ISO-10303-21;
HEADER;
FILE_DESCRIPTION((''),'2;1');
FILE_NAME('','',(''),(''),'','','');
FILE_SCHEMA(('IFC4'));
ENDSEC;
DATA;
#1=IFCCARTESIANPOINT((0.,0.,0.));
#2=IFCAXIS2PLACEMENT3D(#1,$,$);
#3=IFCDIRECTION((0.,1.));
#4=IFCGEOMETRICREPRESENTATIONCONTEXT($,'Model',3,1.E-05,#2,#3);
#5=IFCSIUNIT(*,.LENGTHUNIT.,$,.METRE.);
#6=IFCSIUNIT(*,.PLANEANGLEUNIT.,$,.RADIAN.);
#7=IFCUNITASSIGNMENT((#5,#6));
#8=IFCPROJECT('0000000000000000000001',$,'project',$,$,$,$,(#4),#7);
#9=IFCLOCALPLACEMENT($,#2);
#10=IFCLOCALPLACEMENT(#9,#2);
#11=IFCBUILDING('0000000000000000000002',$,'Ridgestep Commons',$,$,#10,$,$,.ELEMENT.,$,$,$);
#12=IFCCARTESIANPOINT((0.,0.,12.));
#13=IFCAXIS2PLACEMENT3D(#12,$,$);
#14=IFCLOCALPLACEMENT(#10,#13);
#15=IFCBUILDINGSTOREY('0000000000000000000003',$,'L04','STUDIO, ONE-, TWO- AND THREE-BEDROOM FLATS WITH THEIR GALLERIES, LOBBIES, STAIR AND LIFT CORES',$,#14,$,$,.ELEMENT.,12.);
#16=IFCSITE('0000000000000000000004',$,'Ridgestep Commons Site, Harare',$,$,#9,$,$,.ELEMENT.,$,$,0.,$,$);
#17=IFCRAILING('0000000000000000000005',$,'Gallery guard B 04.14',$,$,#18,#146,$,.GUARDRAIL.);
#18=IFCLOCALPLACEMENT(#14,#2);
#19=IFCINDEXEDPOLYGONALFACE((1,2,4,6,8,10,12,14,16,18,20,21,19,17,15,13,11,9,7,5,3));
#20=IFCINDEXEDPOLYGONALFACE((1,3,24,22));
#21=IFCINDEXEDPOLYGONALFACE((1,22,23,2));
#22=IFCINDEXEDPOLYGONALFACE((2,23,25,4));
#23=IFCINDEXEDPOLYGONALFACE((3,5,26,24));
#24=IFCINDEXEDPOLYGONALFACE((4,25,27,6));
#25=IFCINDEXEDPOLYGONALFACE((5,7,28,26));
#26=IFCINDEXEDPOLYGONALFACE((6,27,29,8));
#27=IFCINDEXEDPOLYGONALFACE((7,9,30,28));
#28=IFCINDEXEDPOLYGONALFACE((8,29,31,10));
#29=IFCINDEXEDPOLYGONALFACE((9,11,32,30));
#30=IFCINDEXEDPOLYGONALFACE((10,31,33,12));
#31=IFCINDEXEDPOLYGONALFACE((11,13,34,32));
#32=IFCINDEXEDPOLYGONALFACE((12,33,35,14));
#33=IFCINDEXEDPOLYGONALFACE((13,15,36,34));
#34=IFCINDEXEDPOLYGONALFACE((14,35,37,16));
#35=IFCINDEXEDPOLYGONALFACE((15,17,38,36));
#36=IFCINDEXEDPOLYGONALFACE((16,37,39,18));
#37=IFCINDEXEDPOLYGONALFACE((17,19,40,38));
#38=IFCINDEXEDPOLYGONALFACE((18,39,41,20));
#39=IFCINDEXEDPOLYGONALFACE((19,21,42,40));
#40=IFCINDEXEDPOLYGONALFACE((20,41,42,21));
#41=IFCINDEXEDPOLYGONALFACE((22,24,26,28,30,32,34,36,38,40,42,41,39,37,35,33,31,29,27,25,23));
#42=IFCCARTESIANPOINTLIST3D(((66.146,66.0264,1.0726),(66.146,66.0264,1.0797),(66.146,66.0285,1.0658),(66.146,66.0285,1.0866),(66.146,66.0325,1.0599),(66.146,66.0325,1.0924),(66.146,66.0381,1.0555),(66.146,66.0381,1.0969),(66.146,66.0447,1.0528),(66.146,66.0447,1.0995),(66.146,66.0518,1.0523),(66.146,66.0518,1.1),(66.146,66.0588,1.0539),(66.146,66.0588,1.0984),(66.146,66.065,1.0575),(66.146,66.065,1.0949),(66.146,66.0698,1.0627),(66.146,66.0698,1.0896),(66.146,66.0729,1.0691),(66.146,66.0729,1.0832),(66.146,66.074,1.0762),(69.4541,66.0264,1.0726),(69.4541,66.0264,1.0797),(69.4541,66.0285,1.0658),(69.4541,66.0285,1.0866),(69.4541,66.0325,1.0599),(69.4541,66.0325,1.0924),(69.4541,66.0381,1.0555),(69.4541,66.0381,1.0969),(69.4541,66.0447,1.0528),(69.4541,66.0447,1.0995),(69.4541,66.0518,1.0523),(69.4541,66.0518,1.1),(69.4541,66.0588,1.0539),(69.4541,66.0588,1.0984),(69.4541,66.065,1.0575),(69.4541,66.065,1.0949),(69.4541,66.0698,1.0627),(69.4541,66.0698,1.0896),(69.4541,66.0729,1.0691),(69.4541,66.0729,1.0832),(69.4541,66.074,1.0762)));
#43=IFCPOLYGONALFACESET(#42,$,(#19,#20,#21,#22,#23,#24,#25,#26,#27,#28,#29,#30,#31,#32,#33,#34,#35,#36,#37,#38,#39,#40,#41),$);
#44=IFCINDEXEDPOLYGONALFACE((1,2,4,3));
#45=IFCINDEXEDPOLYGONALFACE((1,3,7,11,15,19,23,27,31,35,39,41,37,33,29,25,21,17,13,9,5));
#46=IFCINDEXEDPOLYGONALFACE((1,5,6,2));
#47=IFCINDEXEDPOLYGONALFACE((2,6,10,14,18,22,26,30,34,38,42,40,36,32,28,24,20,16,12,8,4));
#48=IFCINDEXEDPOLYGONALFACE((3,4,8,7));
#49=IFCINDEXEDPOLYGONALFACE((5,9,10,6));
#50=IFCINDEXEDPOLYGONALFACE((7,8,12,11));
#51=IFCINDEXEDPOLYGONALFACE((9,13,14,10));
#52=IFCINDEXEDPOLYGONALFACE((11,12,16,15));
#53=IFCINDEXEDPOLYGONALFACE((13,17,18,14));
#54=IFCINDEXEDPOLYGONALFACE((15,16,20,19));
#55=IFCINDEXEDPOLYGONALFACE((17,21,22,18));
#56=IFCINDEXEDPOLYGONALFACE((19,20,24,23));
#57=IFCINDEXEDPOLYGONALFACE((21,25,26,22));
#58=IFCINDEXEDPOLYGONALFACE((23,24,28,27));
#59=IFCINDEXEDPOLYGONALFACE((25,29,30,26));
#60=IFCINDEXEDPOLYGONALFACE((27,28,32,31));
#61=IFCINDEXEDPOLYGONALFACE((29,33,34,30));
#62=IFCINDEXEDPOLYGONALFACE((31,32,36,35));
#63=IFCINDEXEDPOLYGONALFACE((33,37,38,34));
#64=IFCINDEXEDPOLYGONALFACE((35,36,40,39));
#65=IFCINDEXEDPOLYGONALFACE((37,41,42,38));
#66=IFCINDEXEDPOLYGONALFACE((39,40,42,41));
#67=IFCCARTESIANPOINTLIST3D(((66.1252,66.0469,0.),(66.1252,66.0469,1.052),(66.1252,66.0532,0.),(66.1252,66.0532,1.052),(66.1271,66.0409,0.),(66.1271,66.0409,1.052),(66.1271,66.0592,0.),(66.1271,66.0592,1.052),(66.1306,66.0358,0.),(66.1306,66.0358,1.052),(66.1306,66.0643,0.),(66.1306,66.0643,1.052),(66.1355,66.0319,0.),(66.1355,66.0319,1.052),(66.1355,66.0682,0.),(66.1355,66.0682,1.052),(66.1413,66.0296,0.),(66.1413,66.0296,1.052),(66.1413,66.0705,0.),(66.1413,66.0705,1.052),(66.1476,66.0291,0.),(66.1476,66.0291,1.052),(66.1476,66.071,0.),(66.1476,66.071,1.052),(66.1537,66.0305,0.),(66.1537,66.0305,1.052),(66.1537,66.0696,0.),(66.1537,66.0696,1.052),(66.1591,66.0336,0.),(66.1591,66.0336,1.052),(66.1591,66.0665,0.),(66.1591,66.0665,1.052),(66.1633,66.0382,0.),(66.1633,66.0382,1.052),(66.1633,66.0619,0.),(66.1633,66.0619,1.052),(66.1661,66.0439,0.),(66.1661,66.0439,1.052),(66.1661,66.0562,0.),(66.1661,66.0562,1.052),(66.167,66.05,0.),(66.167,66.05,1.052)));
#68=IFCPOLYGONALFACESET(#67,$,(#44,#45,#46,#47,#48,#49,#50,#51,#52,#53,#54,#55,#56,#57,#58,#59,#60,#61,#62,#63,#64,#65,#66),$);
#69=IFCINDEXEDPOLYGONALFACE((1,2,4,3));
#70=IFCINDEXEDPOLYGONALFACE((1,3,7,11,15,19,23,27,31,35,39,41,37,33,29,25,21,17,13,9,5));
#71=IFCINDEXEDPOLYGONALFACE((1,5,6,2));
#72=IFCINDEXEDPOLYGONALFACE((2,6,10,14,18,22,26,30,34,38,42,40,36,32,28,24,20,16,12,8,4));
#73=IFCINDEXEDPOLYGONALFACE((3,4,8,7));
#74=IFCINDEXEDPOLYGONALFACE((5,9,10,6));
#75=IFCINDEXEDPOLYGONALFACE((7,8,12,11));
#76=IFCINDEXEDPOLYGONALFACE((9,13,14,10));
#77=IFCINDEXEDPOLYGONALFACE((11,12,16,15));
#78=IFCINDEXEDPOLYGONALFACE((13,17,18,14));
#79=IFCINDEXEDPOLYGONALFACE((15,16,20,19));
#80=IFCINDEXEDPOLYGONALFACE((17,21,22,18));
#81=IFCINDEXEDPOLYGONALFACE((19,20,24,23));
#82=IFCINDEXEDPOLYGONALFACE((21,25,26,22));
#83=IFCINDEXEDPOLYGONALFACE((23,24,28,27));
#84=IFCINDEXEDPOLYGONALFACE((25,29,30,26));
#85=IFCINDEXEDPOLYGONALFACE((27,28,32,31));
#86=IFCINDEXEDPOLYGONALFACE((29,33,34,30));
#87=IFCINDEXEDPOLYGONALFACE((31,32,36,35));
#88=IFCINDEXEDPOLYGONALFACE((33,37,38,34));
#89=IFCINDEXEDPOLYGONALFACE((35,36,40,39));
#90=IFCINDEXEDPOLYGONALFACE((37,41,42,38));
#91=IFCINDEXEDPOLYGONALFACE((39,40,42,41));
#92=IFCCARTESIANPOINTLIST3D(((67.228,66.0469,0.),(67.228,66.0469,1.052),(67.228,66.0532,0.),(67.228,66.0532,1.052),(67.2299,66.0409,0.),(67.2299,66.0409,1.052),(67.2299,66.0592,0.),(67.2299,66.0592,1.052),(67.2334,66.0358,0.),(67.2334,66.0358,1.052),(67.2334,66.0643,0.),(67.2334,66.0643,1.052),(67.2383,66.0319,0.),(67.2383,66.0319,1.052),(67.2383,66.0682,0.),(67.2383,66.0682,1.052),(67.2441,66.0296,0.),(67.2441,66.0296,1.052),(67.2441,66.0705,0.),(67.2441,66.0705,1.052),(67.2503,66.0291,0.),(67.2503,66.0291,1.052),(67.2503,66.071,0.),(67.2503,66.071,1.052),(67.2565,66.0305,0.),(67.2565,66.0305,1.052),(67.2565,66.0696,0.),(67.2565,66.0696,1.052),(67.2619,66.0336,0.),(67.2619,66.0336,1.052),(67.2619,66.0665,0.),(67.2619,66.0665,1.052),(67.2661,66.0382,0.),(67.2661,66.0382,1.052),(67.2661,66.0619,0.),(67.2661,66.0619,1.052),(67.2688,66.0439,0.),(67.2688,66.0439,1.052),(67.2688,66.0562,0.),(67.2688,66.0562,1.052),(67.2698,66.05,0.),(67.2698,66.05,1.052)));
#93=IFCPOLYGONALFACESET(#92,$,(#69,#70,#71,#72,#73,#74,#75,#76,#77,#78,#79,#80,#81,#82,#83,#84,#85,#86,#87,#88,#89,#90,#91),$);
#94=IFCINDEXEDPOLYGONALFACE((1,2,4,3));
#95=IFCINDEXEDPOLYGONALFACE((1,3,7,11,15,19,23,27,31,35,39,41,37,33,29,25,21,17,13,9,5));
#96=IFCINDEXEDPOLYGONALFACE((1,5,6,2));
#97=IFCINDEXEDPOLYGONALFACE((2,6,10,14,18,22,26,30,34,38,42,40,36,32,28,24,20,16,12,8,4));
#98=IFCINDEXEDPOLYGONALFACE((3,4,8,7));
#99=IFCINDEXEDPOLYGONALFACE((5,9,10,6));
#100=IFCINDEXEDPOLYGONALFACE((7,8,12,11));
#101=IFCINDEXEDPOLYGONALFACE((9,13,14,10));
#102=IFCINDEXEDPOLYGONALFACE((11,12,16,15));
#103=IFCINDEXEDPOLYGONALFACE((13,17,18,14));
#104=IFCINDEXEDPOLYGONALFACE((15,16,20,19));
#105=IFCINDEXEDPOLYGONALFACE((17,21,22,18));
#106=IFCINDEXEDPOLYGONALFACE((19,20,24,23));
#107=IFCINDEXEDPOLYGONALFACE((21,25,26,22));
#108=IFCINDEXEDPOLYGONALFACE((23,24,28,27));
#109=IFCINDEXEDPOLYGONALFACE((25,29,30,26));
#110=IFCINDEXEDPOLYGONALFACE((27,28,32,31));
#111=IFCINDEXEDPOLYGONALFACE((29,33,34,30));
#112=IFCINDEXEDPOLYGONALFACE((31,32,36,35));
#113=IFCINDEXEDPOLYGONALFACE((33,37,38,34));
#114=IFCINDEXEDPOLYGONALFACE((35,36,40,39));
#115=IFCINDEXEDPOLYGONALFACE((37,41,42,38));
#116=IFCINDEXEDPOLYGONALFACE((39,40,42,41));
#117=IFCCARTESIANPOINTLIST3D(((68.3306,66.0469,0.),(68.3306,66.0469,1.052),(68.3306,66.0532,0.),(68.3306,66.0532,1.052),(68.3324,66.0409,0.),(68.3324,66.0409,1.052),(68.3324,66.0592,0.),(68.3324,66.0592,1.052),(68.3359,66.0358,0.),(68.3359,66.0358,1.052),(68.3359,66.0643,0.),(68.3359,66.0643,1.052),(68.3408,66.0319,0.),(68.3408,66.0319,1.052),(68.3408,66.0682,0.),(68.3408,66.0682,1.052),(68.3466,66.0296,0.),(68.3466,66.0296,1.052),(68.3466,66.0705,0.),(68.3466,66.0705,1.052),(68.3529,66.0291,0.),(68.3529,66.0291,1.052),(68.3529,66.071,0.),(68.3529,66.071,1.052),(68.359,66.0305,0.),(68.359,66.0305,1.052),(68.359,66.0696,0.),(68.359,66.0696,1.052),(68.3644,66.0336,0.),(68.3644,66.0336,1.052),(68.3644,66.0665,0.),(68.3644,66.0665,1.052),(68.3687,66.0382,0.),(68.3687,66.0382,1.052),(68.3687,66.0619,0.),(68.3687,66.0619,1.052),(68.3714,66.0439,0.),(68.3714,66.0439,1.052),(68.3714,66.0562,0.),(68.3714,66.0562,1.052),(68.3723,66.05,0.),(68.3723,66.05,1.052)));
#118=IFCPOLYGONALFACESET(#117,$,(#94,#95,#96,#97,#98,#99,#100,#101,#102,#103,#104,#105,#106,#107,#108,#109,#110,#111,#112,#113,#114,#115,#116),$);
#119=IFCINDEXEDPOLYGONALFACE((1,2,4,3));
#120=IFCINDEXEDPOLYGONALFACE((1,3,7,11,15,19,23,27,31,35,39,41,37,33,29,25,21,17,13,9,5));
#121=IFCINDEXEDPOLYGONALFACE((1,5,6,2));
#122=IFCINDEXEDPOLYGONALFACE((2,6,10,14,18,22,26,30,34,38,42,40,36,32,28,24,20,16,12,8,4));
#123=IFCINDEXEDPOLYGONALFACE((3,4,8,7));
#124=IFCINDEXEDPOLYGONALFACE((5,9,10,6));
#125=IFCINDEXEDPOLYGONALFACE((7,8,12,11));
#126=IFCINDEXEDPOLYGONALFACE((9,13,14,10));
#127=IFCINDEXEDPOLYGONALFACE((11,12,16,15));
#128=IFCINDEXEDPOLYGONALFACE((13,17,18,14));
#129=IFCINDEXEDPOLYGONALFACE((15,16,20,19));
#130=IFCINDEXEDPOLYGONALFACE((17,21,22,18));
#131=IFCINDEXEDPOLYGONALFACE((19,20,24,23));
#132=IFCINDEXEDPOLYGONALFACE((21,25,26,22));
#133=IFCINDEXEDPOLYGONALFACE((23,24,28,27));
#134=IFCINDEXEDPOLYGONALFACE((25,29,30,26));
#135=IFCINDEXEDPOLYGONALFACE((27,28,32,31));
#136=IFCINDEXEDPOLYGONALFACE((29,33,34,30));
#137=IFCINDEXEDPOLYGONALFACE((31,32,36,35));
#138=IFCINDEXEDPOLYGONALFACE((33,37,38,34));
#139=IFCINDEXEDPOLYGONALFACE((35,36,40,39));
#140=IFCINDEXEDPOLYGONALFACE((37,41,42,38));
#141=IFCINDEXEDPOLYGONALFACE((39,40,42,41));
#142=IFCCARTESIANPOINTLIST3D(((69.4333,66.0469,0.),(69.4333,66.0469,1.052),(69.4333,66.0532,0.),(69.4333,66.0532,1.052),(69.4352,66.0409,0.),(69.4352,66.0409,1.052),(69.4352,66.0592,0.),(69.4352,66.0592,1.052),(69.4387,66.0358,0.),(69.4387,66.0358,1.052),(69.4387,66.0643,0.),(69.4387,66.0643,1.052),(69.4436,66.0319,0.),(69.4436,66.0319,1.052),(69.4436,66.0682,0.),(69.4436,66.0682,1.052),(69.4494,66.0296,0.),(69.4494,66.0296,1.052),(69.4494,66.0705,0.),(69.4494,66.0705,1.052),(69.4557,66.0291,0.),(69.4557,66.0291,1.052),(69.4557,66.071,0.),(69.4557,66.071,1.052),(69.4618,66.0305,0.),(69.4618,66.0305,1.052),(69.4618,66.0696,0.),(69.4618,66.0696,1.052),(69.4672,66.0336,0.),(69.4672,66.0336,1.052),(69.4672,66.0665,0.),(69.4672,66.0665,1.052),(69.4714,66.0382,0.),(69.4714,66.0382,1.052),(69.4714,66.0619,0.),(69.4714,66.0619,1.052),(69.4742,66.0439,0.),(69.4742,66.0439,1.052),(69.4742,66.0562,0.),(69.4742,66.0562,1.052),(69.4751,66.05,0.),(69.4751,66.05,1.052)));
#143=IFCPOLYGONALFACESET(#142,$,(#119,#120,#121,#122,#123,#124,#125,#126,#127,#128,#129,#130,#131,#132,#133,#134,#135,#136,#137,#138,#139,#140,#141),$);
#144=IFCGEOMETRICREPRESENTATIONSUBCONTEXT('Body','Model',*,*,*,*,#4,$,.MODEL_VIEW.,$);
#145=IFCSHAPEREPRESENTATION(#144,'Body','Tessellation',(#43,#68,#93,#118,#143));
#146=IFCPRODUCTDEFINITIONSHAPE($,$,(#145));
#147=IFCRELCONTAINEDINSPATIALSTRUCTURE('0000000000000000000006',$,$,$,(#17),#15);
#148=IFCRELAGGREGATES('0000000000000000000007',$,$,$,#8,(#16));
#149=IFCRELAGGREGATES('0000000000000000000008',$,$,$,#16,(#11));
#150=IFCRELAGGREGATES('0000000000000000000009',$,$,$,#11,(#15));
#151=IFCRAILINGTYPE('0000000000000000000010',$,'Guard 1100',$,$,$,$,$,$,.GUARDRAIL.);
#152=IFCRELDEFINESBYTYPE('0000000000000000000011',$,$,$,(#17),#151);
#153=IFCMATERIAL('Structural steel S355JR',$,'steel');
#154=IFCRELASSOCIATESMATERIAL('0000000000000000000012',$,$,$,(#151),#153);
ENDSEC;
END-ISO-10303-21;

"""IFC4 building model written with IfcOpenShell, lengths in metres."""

from ifc_helpers import new_model, si_unit, direction, frame, origin, origin_2d, place, context, subcontext, project, spatial, circle, extrude, material, type_object, element, save


model = new_model("IFC4")

# Units and contexts
model_context = context("Model", 3, precision=1e-05, world=origin(), true_north=direction((0.0, 1.0)))
body_context = subcontext(model_context, "Body", "Model", "MODEL_VIEW")
ifc_project = project(units=[si_unit("LENGTHUNIT", "METRE"), si_unit("PLANEANGLEUNIT", "RADIAN")], contexts=[model_context])

# Site, building, storey
site_placement = place(None, origin())
site = spatial("IfcSite", under=ifc_project, at=site_placement, Name="Ridgestep Commons Site, Harare", CompositionType="ELEMENT", RefElevation=0.0)
building_placement = place(site_placement, origin())
building = spatial("IfcBuilding", under=site, at=building_placement, Name="Ridgestep Commons", CompositionType="ELEMENT")
storey_placement = place(building_placement, frame((0.0, 0.0, 12.0)))
storey = spatial("IfcBuildingStorey", under=building, at=storey_placement, Name="L04", Description="STUDIO, ONE-, TWO- AND THREE-BEDROOM FLATS WITH THEIR GALLERIES, LOBBIES, STAIR AND LIFT CORES", CompositionType="ELEMENT", Elevation=12.0)

# Railing
ifc_material_1 = material(Name="Structural steel S355JR", Category="steel")
railing_type = type_object("IfcRailingType", Name="Guard 1100", PredefinedType="GUARDRAIL", material=ifc_material_1)
railing_1_placement = place(storey_placement, frame((66.146, 66.05, 0.0)))
element("IfcRailing", 1, at=railing_1_placement, inside=storey, type_object=railing_type, Name="Gallery guard B 04.14", PredefinedType="GUARDRAIL", context=body_context, shape_type="SweptSolid", body=[
    extrude(circle(Radius=0.0239, at=origin_2d()), frame((0.0, 0.0, 1.0762), z_axis=(1.0, 0.0, 0.0), x_axis=(0.0, 1.0, 0.0)), (0.0, 0.0, 1.0), 3.3081),
    extrude(circle(Radius=0.021, at=origin_2d()), origin(), (0.0, 0.0, 1.0), 1.052),
    extrude(circle(Radius=0.021, at=origin_2d()), frame((1.1028, 0.0, 0.0)), (0.0, 0.0, 1.0), 1.052),
    extrude(circle(Radius=0.021, at=origin_2d()), frame((2.2053, 0.0, 0.0)), (0.0, 0.0, 1.0), 1.052),
    extrude(circle(Radius=0.021, at=origin_2d()), frame((3.3081, 0.0, 0.0)), (0.0, 0.0, 1.0), 1.052),
])

save(model, "model.ifc")
